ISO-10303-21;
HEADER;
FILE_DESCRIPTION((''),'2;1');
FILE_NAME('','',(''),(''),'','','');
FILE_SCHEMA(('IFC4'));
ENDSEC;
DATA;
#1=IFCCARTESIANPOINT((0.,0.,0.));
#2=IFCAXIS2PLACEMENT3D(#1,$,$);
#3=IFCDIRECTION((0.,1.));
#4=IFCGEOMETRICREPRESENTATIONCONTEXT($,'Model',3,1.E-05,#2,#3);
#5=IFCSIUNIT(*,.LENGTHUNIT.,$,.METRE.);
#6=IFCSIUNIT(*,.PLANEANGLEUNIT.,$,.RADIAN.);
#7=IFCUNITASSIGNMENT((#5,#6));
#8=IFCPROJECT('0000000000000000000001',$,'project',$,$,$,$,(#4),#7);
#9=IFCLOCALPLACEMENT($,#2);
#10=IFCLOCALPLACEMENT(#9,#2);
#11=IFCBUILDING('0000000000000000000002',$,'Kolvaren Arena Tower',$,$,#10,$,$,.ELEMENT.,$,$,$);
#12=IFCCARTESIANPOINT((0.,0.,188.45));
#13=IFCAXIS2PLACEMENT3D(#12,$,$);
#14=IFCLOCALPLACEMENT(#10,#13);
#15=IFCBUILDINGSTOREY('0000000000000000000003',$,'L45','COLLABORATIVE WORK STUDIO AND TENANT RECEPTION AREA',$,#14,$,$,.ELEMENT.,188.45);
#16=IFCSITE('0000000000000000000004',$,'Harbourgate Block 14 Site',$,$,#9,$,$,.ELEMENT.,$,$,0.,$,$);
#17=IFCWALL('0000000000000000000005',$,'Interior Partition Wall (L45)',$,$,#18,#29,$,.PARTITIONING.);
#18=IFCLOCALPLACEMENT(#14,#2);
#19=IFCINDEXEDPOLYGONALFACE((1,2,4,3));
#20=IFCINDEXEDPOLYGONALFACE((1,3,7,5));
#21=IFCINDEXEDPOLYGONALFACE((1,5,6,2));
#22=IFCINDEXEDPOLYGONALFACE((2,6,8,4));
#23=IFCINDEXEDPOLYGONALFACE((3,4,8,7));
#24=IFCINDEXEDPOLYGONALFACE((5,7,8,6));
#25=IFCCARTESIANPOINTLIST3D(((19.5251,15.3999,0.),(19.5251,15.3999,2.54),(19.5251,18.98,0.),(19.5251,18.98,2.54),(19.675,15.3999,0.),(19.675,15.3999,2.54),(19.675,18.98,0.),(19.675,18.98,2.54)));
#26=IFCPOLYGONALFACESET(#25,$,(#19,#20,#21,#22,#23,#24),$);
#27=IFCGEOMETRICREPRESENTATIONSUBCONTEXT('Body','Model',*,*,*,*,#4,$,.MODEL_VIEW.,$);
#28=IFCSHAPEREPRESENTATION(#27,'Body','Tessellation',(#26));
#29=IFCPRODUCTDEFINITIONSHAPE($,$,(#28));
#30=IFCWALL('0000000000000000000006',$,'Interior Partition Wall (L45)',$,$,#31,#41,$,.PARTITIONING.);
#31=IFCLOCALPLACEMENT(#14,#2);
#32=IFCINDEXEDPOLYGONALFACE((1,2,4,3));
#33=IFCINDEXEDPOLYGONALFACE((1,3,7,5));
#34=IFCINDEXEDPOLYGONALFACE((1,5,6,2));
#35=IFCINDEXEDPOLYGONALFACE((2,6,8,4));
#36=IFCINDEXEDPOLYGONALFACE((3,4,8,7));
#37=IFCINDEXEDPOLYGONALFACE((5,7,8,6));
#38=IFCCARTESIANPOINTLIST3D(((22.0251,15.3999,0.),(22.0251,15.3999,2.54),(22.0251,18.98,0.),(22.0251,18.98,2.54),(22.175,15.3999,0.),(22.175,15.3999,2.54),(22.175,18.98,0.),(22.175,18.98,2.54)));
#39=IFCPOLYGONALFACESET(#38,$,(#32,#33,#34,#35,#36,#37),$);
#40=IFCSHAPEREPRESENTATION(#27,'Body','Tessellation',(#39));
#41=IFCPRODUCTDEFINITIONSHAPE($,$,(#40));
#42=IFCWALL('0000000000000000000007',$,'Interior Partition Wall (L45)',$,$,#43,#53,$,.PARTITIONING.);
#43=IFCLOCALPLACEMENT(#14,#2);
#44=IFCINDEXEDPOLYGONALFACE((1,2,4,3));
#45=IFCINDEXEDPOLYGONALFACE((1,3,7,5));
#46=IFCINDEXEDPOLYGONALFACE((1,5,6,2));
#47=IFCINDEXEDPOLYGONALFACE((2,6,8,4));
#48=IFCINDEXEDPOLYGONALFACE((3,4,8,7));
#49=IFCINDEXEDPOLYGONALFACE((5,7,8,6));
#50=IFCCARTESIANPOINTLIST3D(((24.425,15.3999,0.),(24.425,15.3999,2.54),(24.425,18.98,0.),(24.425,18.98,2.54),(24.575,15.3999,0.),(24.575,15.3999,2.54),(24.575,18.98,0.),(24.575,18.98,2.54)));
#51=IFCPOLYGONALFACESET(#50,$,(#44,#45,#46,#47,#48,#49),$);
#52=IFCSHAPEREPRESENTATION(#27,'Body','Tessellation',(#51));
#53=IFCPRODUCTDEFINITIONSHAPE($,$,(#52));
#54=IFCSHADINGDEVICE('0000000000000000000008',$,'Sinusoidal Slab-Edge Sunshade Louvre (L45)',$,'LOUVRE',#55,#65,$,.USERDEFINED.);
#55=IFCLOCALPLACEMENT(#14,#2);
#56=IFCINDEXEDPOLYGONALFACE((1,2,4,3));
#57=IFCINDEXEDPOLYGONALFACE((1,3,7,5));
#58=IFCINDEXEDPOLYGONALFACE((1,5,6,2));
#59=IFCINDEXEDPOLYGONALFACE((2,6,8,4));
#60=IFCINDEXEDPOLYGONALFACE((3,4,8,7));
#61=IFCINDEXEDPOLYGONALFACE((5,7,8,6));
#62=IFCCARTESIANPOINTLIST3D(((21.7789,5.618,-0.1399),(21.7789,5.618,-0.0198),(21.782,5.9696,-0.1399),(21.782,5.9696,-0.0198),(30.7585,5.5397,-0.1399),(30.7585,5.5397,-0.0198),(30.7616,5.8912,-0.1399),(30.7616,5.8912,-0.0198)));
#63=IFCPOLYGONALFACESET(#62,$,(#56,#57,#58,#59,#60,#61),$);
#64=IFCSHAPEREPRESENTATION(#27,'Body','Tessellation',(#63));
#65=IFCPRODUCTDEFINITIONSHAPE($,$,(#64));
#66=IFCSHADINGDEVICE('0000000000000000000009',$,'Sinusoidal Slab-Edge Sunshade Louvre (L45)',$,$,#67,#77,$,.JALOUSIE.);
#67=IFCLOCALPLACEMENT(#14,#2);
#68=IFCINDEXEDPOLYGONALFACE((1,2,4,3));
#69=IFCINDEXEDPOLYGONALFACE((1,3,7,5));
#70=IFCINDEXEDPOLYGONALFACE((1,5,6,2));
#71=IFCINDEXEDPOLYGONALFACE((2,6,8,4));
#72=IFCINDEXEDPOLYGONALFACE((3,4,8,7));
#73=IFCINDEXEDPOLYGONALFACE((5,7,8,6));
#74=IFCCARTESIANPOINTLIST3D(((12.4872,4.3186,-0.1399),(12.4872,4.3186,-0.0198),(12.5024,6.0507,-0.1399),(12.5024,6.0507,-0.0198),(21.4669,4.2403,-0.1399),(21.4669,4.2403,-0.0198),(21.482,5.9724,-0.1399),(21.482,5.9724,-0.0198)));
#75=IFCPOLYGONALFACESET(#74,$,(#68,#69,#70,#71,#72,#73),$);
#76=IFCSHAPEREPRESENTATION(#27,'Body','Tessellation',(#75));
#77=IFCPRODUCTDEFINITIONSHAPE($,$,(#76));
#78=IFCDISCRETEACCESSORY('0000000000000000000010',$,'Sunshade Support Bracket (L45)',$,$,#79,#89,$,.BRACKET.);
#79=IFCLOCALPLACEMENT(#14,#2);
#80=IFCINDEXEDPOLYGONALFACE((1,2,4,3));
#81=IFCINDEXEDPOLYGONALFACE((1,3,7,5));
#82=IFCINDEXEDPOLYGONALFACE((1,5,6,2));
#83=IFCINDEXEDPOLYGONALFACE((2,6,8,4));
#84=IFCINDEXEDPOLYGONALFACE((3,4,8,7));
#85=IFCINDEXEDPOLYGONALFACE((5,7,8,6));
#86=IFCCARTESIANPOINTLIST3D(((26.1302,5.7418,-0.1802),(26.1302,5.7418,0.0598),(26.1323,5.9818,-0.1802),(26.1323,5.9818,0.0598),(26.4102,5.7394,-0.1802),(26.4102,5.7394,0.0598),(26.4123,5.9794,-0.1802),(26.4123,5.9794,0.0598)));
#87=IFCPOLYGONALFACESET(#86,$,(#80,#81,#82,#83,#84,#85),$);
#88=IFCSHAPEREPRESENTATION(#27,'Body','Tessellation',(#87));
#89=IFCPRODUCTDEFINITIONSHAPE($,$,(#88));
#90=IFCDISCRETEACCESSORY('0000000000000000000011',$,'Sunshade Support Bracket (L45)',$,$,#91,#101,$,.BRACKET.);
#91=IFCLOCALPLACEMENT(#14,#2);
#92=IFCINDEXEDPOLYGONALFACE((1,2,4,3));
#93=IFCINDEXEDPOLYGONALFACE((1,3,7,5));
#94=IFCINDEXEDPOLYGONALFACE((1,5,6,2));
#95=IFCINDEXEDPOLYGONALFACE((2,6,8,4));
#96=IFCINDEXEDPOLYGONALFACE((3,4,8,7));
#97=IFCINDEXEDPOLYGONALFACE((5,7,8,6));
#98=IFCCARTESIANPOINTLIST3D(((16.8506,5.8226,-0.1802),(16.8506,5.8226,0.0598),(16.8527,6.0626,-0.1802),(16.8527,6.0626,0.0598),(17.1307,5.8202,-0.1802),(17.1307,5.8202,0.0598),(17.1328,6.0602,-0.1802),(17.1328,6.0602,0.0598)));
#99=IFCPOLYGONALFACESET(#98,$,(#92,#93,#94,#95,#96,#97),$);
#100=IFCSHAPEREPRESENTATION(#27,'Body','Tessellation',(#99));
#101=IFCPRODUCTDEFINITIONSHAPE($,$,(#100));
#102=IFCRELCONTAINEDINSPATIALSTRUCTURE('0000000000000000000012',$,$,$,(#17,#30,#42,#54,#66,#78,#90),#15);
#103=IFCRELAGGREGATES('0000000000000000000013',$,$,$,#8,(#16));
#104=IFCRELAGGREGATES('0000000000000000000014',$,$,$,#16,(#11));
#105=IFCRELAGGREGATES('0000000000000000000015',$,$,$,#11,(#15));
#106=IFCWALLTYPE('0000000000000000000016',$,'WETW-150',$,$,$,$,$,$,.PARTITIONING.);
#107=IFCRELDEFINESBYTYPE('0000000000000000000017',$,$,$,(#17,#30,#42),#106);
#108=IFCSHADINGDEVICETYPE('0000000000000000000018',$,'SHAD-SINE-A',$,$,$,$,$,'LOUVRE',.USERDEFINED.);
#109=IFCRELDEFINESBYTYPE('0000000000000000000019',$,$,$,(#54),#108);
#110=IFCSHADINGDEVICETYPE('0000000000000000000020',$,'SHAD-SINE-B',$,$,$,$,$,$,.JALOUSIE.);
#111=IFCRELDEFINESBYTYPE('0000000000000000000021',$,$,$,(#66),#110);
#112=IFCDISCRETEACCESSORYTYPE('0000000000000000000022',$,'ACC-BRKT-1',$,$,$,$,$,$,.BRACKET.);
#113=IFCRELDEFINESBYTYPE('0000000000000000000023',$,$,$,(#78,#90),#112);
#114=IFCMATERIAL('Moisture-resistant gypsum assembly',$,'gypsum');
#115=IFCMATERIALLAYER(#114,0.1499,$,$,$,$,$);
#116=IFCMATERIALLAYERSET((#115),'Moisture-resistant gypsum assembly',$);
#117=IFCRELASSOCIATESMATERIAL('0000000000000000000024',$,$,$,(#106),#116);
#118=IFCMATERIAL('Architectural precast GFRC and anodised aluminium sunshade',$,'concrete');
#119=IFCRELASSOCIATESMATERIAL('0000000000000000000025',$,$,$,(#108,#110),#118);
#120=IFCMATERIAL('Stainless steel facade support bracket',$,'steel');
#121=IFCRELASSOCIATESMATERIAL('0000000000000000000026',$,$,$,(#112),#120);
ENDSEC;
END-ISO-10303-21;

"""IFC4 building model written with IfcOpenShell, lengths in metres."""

from ifc_helpers import new_model, si_unit, direction, frame, frame_2d, origin, origin_2d, place, context, subcontext, project, spatial, rectangle, extrude, material, layer, layer_set, type_object, element, save


model = new_model("IFC4")

# Units and contexts
model_context = context("Model", 3, precision=1e-05, world=origin(), true_north=direction((0.0, 1.0)))
body_context = subcontext(model_context, "Body", "Model", "MODEL_VIEW")
ifc_project = project(units=[si_unit("LENGTHUNIT", "METRE"), si_unit("PLANEANGLEUNIT", "RADIAN")], contexts=[model_context])

# Site, building, storey
site_placement = place(None, origin())
site = spatial("IfcSite", under=ifc_project, at=site_placement, Name="Harbourgate Block 14 Site", CompositionType="ELEMENT", RefElevation=0.0)
building_placement = place(site_placement, origin())
building = spatial("IfcBuilding", under=site, at=building_placement, Name="Kolvaren Arena Tower", CompositionType="ELEMENT")
storey_placement = place(building_placement, frame((0.0, 0.0, 188.45)))
storey = spatial("IfcBuildingStorey", under=building, at=storey_placement, Name="L45", Description="COLLABORATIVE WORK STUDIO AND TENANT RECEPTION AREA", CompositionType="ELEMENT", Elevation=188.45)

# Walls
ifc_material_1 = material(Name="Moisture-resistant gypsum assembly", Category="gypsum")
ifc_layer_1 = layer(ifc_material_1, 0.1499)
ifc_layer_set_1 = layer_set([ifc_layer_1], Name="Moisture-resistant gypsum assembly")
wall_type_1 = type_object("IfcWallType", Name="WETW-150", PredefinedType="PARTITIONING", material=ifc_layer_set_1)
for number, where, z_axis, x_axis, name in (
    (1, (19.6001, 15.3999, 0.0), (0.0, 0.0, 1.0), (0.0, 1.0, 0.0), "Interior Partition Wall (L45)"),
    (2, (22.1001, 15.3999, 0.0), (0.0, 0.0, 1.0), (0.0, 1.0, 0.0), "Interior Partition Wall (L45)"),
    (3, (24.5, 15.3999, 0.0), (0.0, 0.0, 1.0), (0.0, 1.0, 0.0), "Interior Partition Wall (L45)"),
):
    element("IfcWall", number, at=place(storey_placement, frame(where, z_axis=z_axis, x_axis=x_axis)), inside=storey, type_object=wall_type_1, Name=name, PredefinedType="PARTITIONING", context=body_context, shape_type="SweptSolid", body=[
        extrude(rectangle(XDim=3.5801, YDim=0.1499, at=frame_2d((1.79, 0.0))), origin(), (0.0, 0.0, 1.0), 2.54),
    ])

# Shading devices
ifc_material_2 = material(Name="Architectural precast GFRC and anodised aluminium sunshade", Category="concrete")
shading_device_type_1 = type_object("IfcShadingDeviceType", Name="SHAD-SINE-A", ElementType="LOUVRE", PredefinedType="USERDEFINED", material=ifc_material_2)
shading_device_1_placement = place(storey_placement, frame((26.2703, 5.7546, -0.1399), z_axis=(0.0, 0.0, 1.0), x_axis=(-0.999962, 0.008727, 0.0)))
element("IfcShadingDevice", 4, at=shading_device_1_placement, inside=storey, type_object=shading_device_type_1, Name="Sinusoidal Slab-Edge Sunshade Louvre (L45)", ObjectType="LOUVRE", PredefinedType="USERDEFINED", context=body_context, shape_type="SweptSolid", body=[
    extrude(rectangle(XDim=8.98, YDim=0.3516, at=origin_2d()), origin(), (0.0, 0.0, 1.0), 0.1201),
])
shading_device_type_2 = type_object("IfcShadingDeviceType", Name="SHAD-SINE-B", PredefinedType="JALOUSIE", material=ifc_material_2)
shading_device_2_placement = place(storey_placement, frame((16.9846, 5.1455, -0.1399), z_axis=(0.0, 0.0, 1.0), x_axis=(-0.999962, 0.008727, 0.0)))
element("IfcShadingDevice", 5, at=shading_device_2_placement, inside=storey, type_object=shading_device_type_2, Name="Sinusoidal Slab-Edge Sunshade Louvre (L45)", PredefinedType="JALOUSIE", context=body_context, shape_type="SweptSolid", body=[
    extrude(rectangle(XDim=8.98, YDim=1.7322, at=origin_2d()), origin(), (0.0, 0.0, 1.0), 0.1201),
])

# Discrete accessories
ifc_material_3 = material(Name="Stainless steel facade support bracket", Category="steel")
discrete_accessory_type = type_object("IfcDiscreteAccessoryType", Name="ACC-BRKT-1", PredefinedType="BRACKET", material=ifc_material_3)
for number, where, z_axis, x_axis, name in (
    (6, (26.2712, 5.8606, -0.1802), (0.0, 0.0, 1.0), (-0.999962, 0.008727, 0.0), "Sunshade Support Bracket (L45)"),
    (7, (16.9917, 5.9414, -0.1802), (0.0, 0.0, 1.0), (-0.999962, 0.008727, 0.0), "Sunshade Support Bracket (L45)"),
):
    element("IfcDiscreteAccessory", number, at=place(storey_placement, frame(where, z_axis=z_axis, x_axis=x_axis)), inside=storey, type_object=discrete_accessory_type, Name=name, PredefinedType="BRACKET", context=body_context, shape_type="SweptSolid", body=[
        extrude(rectangle(XDim=0.28, YDim=0.24, at=origin_2d()), origin(), (0.0, 0.0, 1.0), 0.24),
    ])

save(model, "model.ifc")
